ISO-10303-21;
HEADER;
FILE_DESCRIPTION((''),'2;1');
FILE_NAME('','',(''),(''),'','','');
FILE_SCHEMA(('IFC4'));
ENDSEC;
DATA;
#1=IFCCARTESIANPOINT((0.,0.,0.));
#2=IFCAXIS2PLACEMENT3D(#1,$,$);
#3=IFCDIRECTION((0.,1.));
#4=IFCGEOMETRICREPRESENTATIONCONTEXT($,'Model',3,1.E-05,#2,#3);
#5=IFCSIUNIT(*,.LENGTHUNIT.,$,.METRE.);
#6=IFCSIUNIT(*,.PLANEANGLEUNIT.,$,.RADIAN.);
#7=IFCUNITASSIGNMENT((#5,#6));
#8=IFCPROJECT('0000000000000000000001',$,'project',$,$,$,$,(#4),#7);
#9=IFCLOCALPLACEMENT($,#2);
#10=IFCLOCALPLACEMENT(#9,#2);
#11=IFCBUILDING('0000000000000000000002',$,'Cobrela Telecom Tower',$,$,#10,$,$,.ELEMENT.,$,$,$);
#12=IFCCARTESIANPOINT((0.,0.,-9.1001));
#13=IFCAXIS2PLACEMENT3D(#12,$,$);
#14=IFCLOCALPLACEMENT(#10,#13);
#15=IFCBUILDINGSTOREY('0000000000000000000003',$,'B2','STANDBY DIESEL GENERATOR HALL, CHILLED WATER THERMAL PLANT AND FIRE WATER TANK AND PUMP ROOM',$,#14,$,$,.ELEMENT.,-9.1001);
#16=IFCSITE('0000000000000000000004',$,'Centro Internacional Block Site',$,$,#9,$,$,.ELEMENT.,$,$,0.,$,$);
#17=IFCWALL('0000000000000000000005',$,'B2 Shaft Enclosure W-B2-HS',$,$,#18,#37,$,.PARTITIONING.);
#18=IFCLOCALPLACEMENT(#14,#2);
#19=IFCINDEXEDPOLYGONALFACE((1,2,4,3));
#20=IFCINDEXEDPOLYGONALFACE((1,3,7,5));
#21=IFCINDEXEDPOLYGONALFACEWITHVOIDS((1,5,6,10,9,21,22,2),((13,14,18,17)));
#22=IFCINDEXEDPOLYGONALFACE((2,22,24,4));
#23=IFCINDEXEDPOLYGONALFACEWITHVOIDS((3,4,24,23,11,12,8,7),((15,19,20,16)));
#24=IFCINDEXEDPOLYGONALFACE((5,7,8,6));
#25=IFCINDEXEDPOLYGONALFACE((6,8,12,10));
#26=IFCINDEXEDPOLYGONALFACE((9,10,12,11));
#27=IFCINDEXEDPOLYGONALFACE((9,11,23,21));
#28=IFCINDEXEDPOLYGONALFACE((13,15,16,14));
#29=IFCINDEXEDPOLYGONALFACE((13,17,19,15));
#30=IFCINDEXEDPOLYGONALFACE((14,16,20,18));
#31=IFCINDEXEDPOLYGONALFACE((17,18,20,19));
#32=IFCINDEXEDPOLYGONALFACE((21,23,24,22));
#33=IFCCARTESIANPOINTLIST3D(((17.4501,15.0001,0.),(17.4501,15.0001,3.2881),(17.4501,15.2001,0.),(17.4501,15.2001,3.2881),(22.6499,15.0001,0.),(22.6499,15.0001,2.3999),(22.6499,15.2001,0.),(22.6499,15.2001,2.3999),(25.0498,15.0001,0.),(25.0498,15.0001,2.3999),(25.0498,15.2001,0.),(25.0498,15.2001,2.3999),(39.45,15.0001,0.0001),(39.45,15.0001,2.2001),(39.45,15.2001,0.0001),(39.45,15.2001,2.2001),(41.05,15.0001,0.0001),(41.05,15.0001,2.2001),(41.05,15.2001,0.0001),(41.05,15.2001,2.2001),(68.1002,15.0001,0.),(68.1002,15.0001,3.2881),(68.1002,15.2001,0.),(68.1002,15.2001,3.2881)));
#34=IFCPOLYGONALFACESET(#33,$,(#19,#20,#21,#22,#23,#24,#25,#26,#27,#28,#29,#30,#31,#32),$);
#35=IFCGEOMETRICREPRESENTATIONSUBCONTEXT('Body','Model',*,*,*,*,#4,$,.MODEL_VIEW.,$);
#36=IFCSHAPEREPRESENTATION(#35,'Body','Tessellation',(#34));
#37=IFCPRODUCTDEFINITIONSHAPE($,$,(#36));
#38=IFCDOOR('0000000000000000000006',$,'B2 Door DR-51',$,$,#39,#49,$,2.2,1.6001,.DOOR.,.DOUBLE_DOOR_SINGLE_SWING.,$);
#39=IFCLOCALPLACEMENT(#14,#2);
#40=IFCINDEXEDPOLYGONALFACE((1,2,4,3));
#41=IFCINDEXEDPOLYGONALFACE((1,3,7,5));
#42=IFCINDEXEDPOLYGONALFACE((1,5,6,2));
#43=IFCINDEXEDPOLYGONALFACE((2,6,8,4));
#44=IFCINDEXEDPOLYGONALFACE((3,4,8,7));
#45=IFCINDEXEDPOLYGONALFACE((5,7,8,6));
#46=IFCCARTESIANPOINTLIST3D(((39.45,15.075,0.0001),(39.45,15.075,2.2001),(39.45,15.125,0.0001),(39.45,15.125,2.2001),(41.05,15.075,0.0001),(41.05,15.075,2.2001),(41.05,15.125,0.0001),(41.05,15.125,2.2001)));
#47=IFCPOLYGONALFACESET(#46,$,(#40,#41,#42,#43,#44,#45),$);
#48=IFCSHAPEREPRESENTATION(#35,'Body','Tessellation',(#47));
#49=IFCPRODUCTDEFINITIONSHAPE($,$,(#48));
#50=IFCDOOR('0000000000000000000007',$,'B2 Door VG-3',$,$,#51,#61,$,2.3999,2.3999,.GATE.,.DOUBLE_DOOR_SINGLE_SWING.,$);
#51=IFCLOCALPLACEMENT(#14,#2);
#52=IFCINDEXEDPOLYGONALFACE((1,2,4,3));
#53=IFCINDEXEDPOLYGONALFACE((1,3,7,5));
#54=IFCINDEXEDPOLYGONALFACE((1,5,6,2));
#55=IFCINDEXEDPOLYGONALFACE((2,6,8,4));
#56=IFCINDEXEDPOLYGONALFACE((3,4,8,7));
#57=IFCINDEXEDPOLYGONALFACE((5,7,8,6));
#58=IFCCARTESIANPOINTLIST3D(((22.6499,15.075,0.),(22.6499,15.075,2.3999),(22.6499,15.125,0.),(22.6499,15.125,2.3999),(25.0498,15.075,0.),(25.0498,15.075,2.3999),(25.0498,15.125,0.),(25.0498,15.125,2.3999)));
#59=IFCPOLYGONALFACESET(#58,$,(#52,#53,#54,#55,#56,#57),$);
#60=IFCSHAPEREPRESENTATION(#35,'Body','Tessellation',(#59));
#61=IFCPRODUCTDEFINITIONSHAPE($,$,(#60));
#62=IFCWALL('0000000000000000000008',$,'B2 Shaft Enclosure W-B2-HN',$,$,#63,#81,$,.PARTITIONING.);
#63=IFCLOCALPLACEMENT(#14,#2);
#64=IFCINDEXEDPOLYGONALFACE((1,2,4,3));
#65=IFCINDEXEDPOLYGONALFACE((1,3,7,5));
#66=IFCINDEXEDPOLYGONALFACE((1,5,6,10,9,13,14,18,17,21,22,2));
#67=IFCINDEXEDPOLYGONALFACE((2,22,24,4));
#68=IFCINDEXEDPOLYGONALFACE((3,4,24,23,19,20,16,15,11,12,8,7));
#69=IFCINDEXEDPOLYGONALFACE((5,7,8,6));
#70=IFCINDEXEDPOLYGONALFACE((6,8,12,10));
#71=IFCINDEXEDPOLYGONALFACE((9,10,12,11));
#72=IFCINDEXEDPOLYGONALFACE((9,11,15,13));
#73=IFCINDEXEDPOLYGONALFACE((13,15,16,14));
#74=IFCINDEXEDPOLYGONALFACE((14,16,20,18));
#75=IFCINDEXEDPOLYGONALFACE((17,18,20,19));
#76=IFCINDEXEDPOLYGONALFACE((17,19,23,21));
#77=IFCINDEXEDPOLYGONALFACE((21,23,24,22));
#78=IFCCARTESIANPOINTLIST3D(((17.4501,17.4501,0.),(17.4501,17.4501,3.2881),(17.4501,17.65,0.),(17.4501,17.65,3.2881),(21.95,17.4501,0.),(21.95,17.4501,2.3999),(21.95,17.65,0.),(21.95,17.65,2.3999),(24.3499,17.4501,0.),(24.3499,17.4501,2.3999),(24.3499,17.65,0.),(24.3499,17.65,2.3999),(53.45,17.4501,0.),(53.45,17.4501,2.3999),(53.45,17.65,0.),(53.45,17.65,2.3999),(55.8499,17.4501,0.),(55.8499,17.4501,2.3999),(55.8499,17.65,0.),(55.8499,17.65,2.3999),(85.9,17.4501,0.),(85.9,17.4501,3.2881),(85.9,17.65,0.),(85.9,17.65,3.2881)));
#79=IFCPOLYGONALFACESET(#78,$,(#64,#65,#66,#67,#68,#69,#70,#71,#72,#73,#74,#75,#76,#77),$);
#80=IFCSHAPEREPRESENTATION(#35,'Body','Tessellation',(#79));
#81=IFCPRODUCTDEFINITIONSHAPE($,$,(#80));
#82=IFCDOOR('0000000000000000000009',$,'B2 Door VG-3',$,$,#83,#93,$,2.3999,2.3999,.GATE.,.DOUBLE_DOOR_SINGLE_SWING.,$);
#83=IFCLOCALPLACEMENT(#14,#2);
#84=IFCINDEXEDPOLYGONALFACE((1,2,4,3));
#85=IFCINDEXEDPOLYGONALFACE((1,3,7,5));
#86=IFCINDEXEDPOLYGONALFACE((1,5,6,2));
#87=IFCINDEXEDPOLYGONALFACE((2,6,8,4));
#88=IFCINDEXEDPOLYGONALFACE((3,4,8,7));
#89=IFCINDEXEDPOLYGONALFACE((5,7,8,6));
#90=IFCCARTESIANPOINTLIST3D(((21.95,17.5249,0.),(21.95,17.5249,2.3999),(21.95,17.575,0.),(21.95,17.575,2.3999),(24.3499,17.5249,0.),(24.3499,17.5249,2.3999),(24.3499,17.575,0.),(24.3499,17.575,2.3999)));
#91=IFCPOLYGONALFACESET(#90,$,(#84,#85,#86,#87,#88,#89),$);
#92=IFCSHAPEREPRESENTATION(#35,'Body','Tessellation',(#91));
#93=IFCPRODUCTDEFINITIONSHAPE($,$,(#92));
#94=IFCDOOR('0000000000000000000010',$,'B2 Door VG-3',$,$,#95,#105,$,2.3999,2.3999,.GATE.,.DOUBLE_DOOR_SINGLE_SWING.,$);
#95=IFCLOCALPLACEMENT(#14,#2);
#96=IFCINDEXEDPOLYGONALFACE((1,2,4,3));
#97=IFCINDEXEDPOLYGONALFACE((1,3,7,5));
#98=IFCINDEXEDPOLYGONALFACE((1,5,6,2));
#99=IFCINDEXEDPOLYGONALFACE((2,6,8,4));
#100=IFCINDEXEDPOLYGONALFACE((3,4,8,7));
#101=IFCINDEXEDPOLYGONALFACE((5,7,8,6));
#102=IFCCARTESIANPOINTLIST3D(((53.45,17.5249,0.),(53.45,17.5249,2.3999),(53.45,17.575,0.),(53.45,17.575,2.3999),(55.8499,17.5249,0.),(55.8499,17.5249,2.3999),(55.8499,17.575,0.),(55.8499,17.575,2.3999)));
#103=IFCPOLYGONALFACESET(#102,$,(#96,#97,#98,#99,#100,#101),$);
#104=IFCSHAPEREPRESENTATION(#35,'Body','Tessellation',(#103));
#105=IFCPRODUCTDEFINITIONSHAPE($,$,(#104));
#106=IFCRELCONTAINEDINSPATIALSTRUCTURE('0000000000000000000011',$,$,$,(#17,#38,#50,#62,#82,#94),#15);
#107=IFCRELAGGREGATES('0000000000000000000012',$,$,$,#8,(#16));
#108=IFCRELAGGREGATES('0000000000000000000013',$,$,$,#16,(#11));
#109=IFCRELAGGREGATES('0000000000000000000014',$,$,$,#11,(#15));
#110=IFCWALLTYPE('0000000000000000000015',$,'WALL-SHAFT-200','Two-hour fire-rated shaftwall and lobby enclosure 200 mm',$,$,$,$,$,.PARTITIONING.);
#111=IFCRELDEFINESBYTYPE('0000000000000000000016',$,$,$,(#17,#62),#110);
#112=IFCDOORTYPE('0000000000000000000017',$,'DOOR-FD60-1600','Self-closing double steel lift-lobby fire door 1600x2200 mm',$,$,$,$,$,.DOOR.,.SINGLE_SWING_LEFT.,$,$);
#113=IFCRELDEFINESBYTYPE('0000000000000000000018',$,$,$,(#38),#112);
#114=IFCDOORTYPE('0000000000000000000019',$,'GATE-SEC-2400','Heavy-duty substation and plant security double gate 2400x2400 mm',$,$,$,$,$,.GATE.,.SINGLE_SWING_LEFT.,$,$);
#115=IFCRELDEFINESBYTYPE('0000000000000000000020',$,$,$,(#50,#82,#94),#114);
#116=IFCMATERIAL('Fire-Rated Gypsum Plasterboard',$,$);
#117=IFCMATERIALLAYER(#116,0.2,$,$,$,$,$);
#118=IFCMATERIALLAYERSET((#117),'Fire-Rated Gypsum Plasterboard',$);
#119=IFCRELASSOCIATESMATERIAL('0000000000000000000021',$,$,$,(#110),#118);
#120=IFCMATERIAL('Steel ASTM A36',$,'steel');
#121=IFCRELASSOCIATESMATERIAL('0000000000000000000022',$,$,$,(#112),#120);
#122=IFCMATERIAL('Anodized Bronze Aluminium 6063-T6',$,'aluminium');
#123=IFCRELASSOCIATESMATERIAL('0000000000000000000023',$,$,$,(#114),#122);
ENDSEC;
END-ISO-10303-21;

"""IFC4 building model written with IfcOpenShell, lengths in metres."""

from ifc_helpers import new_model, si_unit, direction, frame, frame_2d, origin, place, context, subcontext, project, spatial, rectangle, extrude, material, layer, layer_set, type_object, element, fill, save


model = new_model("IFC4")

# Units and contexts
model_context = context("Model", 3, precision=1e-05, world=origin(), true_north=direction((0.0, 1.0)))
body_context = subcontext(model_context, "Body", "Model", "MODEL_VIEW")
ifc_project = project(units=[si_unit("LENGTHUNIT", "METRE"), si_unit("PLANEANGLEUNIT", "RADIAN")], contexts=[model_context])

# Site, building, storey
site_placement = place(None, origin())
site = spatial("IfcSite", under=ifc_project, at=site_placement, Name="Centro Internacional Block Site", CompositionType="ELEMENT", RefElevation=0.0)
building_placement = place(site_placement, origin())
building = spatial("IfcBuilding", under=site, at=building_placement, Name="Cobrela Telecom Tower", CompositionType="ELEMENT")
storey_placement = place(building_placement, frame((0.0, 0.0, -9.1001)))
storey = spatial("IfcBuildingStorey", under=building, at=storey_placement, Name="B2", Description="STANDBY DIESEL GENERATOR HALL, CHILLED WATER THERMAL PLANT AND FIRE WATER TANK AND PUMP ROOM", CompositionType="ELEMENT", Elevation=-9.1001)

# Shared definitions
ifc_material_1 = material(Name="Fire-Rated Gypsum Plasterboard")
ifc_layer = layer(ifc_material_1, 0.2)
ifc_layer_set = layer_set([ifc_layer], Name="Fire-Rated Gypsum Plasterboard")
wall_type = type_object("IfcWallType", Name="WALL-SHAFT-200", Description="Two-hour fire-rated shaftwall and lobby enclosure 200 mm", PredefinedType="PARTITIONING", material=ifc_layer_set)

# Walls, openings, doors
wall_1_placement = place(storey_placement, frame((17.45, 15.1001, 0.0), z_axis=(0.0, 0.0, 1.0), x_axis=(1.0, 0.0, 0.0)))
wall_1 = element("IfcWall", 1, at=wall_1_placement, inside=storey, type_object=wall_type, Name="B2 Shaft Enclosure W-B2-HS", PredefinedType="PARTITIONING", context=body_context, shape_type="SweptSolid", body=[
    extrude(rectangle(XDim=50.6501, YDim=0.2, at=frame_2d((25.3252, 0.0))), origin(), (0.0, 0.0, 1.0), 3.2881),
])
opening_1_placement = place(wall_1_placement, frame((5.2, 0.0, 0.0)))
opening_1 = element("IfcOpeningElement", 2, at=opening_1_placement, cuts=wall_1, PredefinedType="OPENING", context=body_context, shape_type="SweptSolid", body=[
    extrude(rectangle(XDim=2.3999, YDim=2.3999, at=frame_2d((1.2, 1.2))), frame((0.0, 0.1118, 0.0), z_axis=(0.0, -1.0, 0.0), x_axis=(1.0, 0.0, 0.0)), (0.0, 0.0, 1.0), 0.2239),
])
opening_2_placement = place(wall_1_placement, frame((22.0, 0.0, 0.0)))
opening_2 = element("IfcOpeningElement", 3, at=opening_2_placement, cuts=wall_1, PredefinedType="OPENING", context=body_context, shape_type="SweptSolid", body=[
    extrude(rectangle(XDim=1.6001, YDim=2.2, at=frame_2d((0.8, 1.1001))), frame((0.0, 0.1118, 0.0), z_axis=(0.0, -1.0, 0.0), x_axis=(1.0, 0.0, 0.0)), (0.0, 0.0, 1.0), 0.2239),
])
ifc_material_2 = material(Name="Steel ASTM A36", Category="steel")
door_type_1 = type_object("IfcDoorType", Name="DOOR-FD60-1600", Description="Self-closing double steel lift-lobby fire door 1600x2200 mm", OperationType="SINGLE_SWING_LEFT", PredefinedType="DOOR", material=ifc_material_2)
door_1_placement = place(opening_2_placement, origin())
door_1 = element("IfcDoor", 4, at=door_1_placement, inside=storey, type_object=door_type_1, Name="B2 Door DR-51", OperationType="DOUBLE_DOOR_SINGLE_SWING", OverallHeight=2.2, OverallWidth=1.6001, PredefinedType="DOOR", context=body_context, shape_type="SweptSolid", body=[
    extrude(rectangle(XDim=1.6001, YDim=2.2, at=frame_2d((0.8, 1.1001))), frame((0.0, 0.0249, 0.0), z_axis=(0.0, -1.0, 0.0), x_axis=(1.0, 0.0, 0.0)), (0.0, 0.0, 1.0), 0.05),
])
fill(opening_2, door_1)
ifc_material_3 = material(Name="Anodized Bronze Aluminium 6063-T6", Category="aluminium")
door_type_2 = type_object("IfcDoorType", Name="GATE-SEC-2400", Description="Heavy-duty substation and plant security double gate 2400x2400 mm", OperationType="SINGLE_SWING_LEFT", PredefinedType="GATE", material=ifc_material_3)
door_2_placement = place(opening_1_placement, origin())
door_2 = element("IfcDoor", 5, at=door_2_placement, inside=storey, type_object=door_type_2, Name="B2 Door VG-3", OperationType="DOUBLE_DOOR_SINGLE_SWING", OverallHeight=2.3999, OverallWidth=2.3999, PredefinedType="GATE", context=body_context, shape_type="SweptSolid", body=[
    extrude(rectangle(XDim=2.3999, YDim=2.3999, at=frame_2d((1.2, 1.2))), frame((0.0, 0.0249, 0.0), z_axis=(0.0, -1.0, 0.0), x_axis=(1.0, 0.0, 0.0)), (0.0, 0.0, 1.0), 0.05),
])
fill(opening_1, door_2)
wall_2_placement = place(storey_placement, frame((17.45, 17.55, 0.0), z_axis=(0.0, 0.0, 1.0), x_axis=(1.0, 0.0, 0.0)))
wall_2 = element("IfcWall", 6, at=wall_2_placement, inside=storey, type_object=wall_type, Name="B2 Shaft Enclosure W-B2-HN", PredefinedType="PARTITIONING", context=body_context, shape_type="SweptSolid", body=[
    extrude(rectangle(XDim=68.45, YDim=0.2, at=frame_2d((34.2251, 0.0))), origin(), (0.0, 0.0, 1.0), 3.2881),
])
opening_3_placement = place(wall_2_placement, frame((4.5, 0.0, 0.0)))
opening_3 = element("IfcOpeningElement", 7, at=opening_3_placement, cuts=wall_2, PredefinedType="OPENING", context=body_context, shape_type="SweptSolid", body=[
    extrude(rectangle(XDim=2.3999, YDim=2.3999, at=frame_2d((1.2, 1.2))), frame((0.0, 0.1118, 0.0), z_axis=(0.0, -1.0, 0.0), x_axis=(1.0, 0.0, 0.0)), (0.0, 0.0, 1.0), 0.2239),
])
opening_4_placement = place(wall_2_placement, frame((36.0, 0.0, 0.0)))
opening_4 = element("IfcOpeningElement", 8, at=opening_4_placement, cuts=wall_2, PredefinedType="OPENING", context=body_context, shape_type="SweptSolid", body=[
    extrude(rectangle(XDim=2.3999, YDim=2.3999, at=frame_2d((1.2, 1.2))), frame((0.0, 0.1118, 0.0), z_axis=(0.0, -1.0, 0.0), x_axis=(1.0, 0.0, 0.0)), (0.0, 0.0, 1.0), 0.2239),
])
door_3_placement = place(opening_3_placement, origin())
door_3 = element("IfcDoor", 9, at=door_3_placement, inside=storey, type_object=door_type_2, Name="B2 Door VG-3", OperationType="DOUBLE_DOOR_SINGLE_SWING", OverallHeight=2.3999, OverallWidth=2.3999, PredefinedType="GATE", context=body_context, shape_type="SweptSolid", body=[
    extrude(rectangle(XDim=2.3999, YDim=2.3999, at=frame_2d((1.2, 1.2))), frame((0.0, 0.0249, 0.0), z_axis=(0.0, -1.0, 0.0), x_axis=(1.0, 0.0, 0.0)), (0.0, 0.0, 1.0), 0.05),
])
fill(opening_3, door_3)
door_4_placement = place(opening_4_placement, origin())
door_4 = element("IfcDoor", 10, at=door_4_placement, inside=storey, type_object=door_type_2, Name="B2 Door VG-3", OperationType="DOUBLE_DOOR_SINGLE_SWING", OverallHeight=2.3999, OverallWidth=2.3999, PredefinedType="GATE", context=body_context, shape_type="SweptSolid", body=[
    extrude(rectangle(XDim=2.3999, YDim=2.3999, at=frame_2d((1.2, 1.2))), frame((0.0, 0.0249, 0.0), z_axis=(0.0, -1.0, 0.0), x_axis=(1.0, 0.0, 0.0)), (0.0, 0.0, 1.0), 0.05),
])
fill(opening_4, door_4)

save(model, "model.ifc")
